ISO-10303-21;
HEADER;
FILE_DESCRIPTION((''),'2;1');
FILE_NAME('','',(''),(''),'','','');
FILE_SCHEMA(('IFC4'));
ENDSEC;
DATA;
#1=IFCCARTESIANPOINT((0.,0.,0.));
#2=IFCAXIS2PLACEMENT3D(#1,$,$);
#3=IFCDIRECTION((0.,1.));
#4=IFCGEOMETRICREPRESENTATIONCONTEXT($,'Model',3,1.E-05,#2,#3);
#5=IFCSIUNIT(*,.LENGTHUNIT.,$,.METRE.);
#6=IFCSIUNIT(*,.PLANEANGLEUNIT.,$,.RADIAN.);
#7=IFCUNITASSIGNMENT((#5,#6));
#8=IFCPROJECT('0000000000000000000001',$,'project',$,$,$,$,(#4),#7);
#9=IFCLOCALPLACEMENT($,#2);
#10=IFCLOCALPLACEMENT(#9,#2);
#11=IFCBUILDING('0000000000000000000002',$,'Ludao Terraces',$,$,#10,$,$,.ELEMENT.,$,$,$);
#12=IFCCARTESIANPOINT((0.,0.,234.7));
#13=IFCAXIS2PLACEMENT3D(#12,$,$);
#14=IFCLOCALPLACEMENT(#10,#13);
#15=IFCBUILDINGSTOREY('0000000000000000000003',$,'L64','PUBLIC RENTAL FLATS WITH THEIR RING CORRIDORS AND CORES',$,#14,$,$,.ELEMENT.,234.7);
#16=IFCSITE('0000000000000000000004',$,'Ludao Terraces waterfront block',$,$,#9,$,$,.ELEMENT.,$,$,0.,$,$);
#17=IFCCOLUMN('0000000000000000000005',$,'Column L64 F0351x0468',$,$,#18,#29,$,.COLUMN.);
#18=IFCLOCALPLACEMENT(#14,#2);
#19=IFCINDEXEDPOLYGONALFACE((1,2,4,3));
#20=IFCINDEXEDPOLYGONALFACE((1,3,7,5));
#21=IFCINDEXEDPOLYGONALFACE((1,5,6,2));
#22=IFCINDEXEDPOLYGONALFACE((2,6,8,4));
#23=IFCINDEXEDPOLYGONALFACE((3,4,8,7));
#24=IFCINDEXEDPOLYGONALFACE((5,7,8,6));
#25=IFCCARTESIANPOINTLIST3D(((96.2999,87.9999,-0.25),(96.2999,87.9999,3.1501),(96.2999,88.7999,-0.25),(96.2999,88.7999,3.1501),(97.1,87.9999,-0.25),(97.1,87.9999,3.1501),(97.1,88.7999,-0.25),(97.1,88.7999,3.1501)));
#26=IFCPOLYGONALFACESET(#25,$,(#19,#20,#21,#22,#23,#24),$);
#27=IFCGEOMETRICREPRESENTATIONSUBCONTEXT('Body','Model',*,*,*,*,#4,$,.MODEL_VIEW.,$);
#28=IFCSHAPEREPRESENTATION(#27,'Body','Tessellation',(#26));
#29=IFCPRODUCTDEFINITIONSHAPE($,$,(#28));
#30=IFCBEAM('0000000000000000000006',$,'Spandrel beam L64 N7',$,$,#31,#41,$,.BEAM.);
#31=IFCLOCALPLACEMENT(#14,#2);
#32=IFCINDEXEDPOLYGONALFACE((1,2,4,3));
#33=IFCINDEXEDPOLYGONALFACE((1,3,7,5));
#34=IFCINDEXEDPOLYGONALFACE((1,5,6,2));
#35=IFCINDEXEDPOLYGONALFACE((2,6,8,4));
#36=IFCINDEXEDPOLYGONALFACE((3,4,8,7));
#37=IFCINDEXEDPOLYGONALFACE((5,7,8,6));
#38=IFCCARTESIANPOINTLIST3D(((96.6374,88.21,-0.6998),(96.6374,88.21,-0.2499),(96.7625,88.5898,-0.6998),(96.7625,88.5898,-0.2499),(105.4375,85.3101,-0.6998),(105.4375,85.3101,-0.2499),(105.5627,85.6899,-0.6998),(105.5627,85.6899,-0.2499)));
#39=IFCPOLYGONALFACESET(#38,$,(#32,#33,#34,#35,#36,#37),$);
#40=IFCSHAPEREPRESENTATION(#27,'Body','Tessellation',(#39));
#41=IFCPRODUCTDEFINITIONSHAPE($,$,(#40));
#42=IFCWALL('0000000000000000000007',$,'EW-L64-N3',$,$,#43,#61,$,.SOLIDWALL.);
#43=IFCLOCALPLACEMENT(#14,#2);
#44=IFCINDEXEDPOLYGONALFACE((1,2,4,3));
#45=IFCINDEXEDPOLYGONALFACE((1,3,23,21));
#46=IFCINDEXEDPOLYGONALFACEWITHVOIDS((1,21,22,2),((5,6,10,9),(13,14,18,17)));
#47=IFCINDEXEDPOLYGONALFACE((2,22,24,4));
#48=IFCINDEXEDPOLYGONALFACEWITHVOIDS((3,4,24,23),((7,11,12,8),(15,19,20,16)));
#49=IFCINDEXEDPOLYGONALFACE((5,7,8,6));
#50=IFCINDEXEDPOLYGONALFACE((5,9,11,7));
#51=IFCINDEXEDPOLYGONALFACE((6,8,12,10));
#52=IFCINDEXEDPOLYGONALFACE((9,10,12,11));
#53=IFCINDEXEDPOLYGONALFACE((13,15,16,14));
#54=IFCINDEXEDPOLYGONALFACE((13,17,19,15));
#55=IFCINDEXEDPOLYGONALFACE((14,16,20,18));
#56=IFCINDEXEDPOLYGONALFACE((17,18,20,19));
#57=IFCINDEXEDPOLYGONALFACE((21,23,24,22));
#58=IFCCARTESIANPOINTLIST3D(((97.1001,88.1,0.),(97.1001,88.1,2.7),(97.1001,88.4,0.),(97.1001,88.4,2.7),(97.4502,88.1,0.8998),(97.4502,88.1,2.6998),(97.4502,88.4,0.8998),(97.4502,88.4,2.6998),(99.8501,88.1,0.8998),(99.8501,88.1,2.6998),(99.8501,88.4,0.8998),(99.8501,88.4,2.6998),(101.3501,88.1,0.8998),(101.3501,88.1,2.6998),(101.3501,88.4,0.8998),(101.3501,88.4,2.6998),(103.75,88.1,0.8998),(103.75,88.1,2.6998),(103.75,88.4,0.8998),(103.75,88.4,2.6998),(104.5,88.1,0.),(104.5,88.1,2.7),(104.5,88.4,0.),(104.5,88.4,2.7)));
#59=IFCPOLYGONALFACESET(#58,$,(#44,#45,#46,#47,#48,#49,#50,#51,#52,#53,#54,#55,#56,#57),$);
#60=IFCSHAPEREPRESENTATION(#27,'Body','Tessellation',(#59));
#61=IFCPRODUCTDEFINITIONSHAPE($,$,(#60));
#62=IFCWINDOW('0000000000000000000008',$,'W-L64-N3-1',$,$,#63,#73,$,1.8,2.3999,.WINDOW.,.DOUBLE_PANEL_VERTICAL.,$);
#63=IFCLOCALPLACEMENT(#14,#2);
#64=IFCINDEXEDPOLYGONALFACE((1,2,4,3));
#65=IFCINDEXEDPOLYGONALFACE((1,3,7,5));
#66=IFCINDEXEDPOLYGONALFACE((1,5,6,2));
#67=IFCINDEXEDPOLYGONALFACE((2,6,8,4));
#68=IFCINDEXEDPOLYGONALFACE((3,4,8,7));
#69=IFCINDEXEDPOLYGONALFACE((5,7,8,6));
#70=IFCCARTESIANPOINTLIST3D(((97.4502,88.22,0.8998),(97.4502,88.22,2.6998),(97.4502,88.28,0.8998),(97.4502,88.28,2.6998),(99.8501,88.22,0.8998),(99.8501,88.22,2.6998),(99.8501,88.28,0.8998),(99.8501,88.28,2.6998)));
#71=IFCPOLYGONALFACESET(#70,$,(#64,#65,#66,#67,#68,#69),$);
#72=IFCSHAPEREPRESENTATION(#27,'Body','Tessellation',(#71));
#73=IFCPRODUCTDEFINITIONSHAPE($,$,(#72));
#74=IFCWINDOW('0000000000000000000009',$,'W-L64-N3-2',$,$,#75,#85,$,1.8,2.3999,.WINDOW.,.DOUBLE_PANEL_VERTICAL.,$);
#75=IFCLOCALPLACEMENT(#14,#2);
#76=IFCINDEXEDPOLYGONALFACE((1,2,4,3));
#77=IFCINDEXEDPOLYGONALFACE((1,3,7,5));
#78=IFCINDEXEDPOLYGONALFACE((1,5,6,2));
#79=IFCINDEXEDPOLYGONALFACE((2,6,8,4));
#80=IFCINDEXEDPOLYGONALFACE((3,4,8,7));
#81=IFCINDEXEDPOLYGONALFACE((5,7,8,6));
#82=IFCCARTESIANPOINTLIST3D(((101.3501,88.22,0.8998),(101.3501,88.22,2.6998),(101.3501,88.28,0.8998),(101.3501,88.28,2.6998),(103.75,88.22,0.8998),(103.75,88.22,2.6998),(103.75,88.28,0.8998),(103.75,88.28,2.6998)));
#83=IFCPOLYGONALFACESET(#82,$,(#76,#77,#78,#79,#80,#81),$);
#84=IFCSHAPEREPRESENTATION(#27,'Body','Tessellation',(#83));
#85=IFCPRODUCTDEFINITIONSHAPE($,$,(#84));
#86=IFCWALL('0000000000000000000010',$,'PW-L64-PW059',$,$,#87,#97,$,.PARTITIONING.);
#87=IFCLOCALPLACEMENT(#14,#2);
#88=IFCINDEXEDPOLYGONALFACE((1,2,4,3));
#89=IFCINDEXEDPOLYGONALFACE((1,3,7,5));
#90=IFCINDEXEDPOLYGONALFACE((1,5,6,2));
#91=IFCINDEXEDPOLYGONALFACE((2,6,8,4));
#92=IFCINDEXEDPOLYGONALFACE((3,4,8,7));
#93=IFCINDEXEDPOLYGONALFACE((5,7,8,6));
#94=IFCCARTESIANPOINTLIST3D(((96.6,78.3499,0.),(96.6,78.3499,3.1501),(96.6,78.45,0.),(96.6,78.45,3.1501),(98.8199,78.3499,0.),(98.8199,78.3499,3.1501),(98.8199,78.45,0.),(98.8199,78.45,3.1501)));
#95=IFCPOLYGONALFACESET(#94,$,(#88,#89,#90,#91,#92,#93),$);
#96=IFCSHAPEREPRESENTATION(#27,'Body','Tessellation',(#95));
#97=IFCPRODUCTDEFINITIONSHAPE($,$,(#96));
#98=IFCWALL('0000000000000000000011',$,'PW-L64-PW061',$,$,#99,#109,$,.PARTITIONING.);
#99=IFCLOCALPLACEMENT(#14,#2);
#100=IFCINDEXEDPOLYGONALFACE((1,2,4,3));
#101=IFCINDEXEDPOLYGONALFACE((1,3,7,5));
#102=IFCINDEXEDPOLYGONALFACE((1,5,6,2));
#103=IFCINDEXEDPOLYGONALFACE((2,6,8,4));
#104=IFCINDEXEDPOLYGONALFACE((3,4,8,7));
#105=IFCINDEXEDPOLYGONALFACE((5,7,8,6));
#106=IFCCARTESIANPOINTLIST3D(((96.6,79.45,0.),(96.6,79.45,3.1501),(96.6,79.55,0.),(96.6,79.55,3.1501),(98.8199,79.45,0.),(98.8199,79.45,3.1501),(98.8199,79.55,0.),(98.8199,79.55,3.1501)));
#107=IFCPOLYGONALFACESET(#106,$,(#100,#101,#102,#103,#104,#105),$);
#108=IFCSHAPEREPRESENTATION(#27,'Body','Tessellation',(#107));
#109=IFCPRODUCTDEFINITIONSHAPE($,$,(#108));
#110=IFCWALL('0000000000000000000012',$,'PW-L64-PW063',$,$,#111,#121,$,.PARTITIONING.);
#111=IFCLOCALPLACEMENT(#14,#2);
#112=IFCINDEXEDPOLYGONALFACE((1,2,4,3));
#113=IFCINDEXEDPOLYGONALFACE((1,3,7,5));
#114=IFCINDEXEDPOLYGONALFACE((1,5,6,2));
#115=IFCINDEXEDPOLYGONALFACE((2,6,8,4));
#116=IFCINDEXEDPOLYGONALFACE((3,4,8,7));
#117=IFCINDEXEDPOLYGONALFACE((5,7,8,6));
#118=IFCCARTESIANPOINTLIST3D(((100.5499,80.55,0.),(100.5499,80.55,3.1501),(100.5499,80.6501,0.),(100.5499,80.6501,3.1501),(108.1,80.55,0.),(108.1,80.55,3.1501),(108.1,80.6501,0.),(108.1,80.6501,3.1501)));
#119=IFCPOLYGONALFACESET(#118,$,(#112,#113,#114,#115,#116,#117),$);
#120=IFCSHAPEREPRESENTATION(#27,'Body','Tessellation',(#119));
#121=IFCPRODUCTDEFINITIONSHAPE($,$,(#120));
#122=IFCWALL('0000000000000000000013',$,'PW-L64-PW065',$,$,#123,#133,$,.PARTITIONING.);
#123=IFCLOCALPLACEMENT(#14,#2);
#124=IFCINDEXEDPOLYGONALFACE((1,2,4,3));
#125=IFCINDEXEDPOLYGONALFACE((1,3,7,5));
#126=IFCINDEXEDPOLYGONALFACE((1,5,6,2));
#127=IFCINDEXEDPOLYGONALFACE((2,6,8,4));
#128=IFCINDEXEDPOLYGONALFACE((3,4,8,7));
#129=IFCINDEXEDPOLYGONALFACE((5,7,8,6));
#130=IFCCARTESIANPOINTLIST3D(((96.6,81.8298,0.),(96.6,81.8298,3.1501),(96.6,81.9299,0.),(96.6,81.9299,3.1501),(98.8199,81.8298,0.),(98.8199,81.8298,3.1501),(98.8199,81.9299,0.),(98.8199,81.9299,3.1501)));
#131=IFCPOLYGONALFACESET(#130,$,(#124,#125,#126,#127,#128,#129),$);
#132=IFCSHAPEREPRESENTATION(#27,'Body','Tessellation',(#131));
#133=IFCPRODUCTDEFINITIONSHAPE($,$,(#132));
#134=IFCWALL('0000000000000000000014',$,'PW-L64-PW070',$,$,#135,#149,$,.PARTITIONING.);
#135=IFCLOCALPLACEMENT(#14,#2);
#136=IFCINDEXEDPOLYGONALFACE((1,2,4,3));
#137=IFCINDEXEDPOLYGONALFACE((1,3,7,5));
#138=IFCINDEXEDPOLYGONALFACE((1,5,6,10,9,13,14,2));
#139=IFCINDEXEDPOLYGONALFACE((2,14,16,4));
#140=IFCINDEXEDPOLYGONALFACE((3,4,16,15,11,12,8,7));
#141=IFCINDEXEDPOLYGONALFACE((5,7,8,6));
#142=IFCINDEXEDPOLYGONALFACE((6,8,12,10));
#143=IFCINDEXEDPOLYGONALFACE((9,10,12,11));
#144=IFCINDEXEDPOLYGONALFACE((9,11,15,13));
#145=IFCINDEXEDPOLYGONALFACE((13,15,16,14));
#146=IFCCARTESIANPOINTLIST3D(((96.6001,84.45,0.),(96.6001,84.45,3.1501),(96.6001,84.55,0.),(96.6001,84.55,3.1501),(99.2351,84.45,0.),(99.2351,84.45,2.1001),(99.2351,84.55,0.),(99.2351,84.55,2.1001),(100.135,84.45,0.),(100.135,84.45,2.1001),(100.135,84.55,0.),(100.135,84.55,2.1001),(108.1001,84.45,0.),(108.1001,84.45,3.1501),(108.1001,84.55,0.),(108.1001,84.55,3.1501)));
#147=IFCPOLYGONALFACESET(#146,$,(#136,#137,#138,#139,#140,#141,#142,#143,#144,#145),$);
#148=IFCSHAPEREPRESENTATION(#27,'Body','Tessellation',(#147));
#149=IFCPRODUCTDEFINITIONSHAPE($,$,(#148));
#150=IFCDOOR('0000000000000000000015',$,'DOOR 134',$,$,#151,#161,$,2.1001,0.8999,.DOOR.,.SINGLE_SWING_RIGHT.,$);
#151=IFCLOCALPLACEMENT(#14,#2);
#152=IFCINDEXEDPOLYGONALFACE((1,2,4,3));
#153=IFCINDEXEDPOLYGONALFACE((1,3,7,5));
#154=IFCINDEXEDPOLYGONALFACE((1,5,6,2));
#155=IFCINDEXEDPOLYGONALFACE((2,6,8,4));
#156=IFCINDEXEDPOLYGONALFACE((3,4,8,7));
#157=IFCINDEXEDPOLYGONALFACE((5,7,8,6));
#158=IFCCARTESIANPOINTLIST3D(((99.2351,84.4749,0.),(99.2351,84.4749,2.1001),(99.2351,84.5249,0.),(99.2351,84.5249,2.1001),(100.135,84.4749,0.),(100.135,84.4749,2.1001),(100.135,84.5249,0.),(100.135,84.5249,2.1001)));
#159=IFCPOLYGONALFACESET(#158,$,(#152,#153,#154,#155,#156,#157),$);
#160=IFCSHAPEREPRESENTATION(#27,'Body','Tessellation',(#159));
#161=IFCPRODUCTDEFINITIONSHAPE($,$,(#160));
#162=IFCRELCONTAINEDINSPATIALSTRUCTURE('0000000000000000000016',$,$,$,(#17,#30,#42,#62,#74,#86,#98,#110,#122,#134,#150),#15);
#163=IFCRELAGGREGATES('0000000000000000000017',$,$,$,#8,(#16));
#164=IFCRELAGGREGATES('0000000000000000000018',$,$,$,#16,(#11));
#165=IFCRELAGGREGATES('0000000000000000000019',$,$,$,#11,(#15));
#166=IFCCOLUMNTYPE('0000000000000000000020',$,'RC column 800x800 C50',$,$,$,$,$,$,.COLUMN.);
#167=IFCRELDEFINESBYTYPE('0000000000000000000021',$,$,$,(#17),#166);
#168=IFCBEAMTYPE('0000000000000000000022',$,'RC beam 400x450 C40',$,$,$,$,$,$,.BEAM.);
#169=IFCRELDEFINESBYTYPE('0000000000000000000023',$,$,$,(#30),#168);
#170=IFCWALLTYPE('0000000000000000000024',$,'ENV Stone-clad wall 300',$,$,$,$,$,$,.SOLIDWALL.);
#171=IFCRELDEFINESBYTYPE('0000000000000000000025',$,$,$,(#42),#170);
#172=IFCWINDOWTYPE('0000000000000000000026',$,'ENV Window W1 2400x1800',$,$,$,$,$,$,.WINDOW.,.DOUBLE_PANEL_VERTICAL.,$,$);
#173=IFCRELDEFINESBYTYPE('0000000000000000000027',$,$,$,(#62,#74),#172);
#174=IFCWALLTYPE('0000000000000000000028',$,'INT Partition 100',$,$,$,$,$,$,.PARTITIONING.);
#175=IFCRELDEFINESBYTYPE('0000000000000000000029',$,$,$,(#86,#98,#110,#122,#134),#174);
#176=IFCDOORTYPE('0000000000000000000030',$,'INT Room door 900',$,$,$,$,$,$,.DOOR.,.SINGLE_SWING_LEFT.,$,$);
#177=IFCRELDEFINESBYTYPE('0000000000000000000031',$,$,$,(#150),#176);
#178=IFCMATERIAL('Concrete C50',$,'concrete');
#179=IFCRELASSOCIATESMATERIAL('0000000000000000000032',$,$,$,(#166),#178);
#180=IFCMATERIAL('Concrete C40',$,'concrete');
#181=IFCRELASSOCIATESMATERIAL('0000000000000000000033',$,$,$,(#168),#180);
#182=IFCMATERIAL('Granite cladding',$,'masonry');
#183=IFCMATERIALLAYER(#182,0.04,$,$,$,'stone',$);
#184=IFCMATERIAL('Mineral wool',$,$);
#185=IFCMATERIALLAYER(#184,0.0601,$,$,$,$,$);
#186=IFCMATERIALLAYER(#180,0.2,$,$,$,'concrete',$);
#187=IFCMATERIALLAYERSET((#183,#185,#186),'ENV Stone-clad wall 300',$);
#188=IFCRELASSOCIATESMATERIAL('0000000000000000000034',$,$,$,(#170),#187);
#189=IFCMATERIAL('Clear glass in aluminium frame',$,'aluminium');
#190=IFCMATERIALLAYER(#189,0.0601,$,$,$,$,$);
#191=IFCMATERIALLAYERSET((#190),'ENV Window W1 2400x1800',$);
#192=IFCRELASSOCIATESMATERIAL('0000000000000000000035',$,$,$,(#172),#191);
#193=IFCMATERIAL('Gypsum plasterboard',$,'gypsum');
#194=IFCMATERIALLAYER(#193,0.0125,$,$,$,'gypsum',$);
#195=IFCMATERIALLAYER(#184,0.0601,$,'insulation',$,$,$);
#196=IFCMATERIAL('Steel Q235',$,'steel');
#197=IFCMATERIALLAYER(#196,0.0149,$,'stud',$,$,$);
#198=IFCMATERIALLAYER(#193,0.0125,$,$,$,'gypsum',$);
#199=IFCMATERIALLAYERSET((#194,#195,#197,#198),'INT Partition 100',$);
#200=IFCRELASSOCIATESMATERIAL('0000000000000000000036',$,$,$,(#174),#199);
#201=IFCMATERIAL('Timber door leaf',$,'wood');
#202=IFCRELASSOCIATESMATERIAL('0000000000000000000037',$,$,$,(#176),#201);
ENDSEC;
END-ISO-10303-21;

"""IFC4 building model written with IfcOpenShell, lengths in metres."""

from ifc_helpers import new_model, si_unit, direction, frame, frame_2d, origin, origin_2d, place, context, subcontext, project, spatial, rectangle, extrude, material, layer, layer_set, material_profile, profile_set, type_object, element, fill, save


model = new_model("IFC4")

# Units and contexts
model_context = context("Model", 3, precision=1e-05, world=origin(), true_north=direction((0.0, 1.0)))
body_context = subcontext(model_context, "Body", "Model", "MODEL_VIEW")
ifc_project = project(units=[si_unit("LENGTHUNIT", "METRE"), si_unit("PLANEANGLEUNIT", "RADIAN")], contexts=[model_context])

# Site, building, storey
site_placement = place(None, origin())
site = spatial("IfcSite", under=ifc_project, at=site_placement, Name="Ludao Terraces waterfront block", CompositionType="ELEMENT", RefElevation=0.0)
building_placement = place(site_placement, origin())
building = spatial("IfcBuilding", under=site, at=building_placement, Name="Ludao Terraces", CompositionType="ELEMENT")
storey_placement = place(building_placement, frame((0.0, 0.0, 234.7)))
storey = spatial("IfcBuildingStorey", under=building, at=storey_placement, Name="L64", Description="PUBLIC RENTAL FLATS WITH THEIR RING CORRIDORS AND CORES", CompositionType="ELEMENT", Elevation=234.7)

# Column
ifc_material_1 = material(Name="Concrete C50", Category="concrete")
ifc_material_profile_1 = material_profile(ifc_material_1, rectangle(XDim=0.8, YDim=0.8, at=origin_2d()), Name="800 X 800")
ifc_profile_set_1 = profile_set([ifc_material_profile_1], Name="Concrete C50")
column_type = type_object("IfcColumnType", Name="RC column 800x800 C50", PredefinedType="COLUMN", material=ifc_profile_set_1)
column_placement = place(storey_placement, frame((96.7, 88.3999, -0.25), z_axis=(0.0, 0.0, 1.0), x_axis=(1.0, 0.0, 0.0)))
element("IfcColumn", 1, at=column_placement, inside=storey, type_object=column_type, Name="Column L64 F0351x0468", PredefinedType="COLUMN", context=body_context, shape_type="SweptSolid", body=[
    extrude(rectangle(XDim=0.8, YDim=0.8, at=origin_2d()), origin(), (0.0, 0.0, 1.0), 3.4001),
])

# Beam
ifc_material_2 = material(Name="Concrete C40", Category="concrete")
ifc_material_profile_2 = material_profile(ifc_material_2, rectangle(XDim=0.3999, YDim=0.45, at=origin_2d()), Name="400 X 450")
ifc_profile_set_2 = profile_set([ifc_material_profile_2], Name="Concrete C40")
beam_type = type_object("IfcBeamType", Name="RC beam 400x450 C40", PredefinedType="BEAM", material=ifc_profile_set_2)
beam_placement = place(storey_placement, frame((96.7, 88.3999, -0.4749), z_axis=(0.949761, -0.312977, 0.0), x_axis=(0.312977, 0.949761, 0.0)))
element("IfcBeam", 2, at=beam_placement, inside=storey, type_object=beam_type, Name="Spandrel beam L64 N7", PredefinedType="BEAM", context=body_context, shape_type="SweptSolid", body=[
    extrude(rectangle(XDim=0.3999, YDim=0.45, at=origin_2d()), origin(), (0.0, 0.0, 1.0), 9.2656),
])

# Wall, openings, windows
ifc_material_3 = material(Name="Granite cladding", Category="masonry")
ifc_layer_1 = layer(ifc_material_3, 0.04, Category="stone")
ifc_material_4 = material(Name="Mineral wool")
ifc_layer_2 = layer(ifc_material_4, 0.0601)
ifc_layer_3 = layer(ifc_material_2, 0.2, Category="concrete")
ifc_layer_set_1 = layer_set([ifc_layer_1, ifc_layer_2, ifc_layer_3], Name="ENV Stone-clad wall 300")
wall_type_1 = type_object("IfcWallType", Name="ENV Stone-clad wall 300", PredefinedType="SOLIDWALL", material=ifc_layer_set_1)
wall_1_placement = place(storey_placement, frame((97.1001, 88.25, 0.0), z_axis=(0.0, 0.0, 1.0), x_axis=(1.0, 0.0, 0.0)))
wall_1 = element("IfcWall", 3, at=wall_1_placement, inside=storey, type_object=wall_type_1, Name="EW-L64-N3", PredefinedType="SOLIDWALL", context=body_context, shape_type="SweptSolid", body=[
    extrude(rectangle(XDim=7.3999, YDim=0.3, at=frame_2d((3.7, 0.0))), origin(), (0.0, 0.0, 1.0), 2.7),
])
opening_1_placement = place(wall_1_placement, frame((0.3501, 0.0, 0.8999)))
opening_1 = element("IfcOpeningElement", 4, at=opening_1_placement, cuts=wall_1, PredefinedType="OPENING", context=body_context, shape_type="SweptSolid", body=[
    extrude(rectangle(XDim=2.3999, YDim=1.8, at=frame_2d((1.2, 0.8999))), frame((0.0, 0.1602, 0.0), z_axis=(0.0, -1.0, 0.0), x_axis=(1.0, 0.0, 0.0)), (0.0, 0.0, 1.0), 0.3201),
])
opening_2_placement = place(wall_1_placement, frame((4.25, 0.0, 0.8999)))
opening_2 = element("IfcOpeningElement", 5, at=opening_2_placement, cuts=wall_1, PredefinedType="OPENING", context=body_context, shape_type="SweptSolid", body=[
    extrude(rectangle(XDim=2.3999, YDim=1.8, at=frame_2d((1.2, 0.8999))), frame((0.0, 0.1602, 0.0), z_axis=(0.0, -1.0, 0.0), x_axis=(1.0, 0.0, 0.0)), (0.0, 0.0, 1.0), 0.3201),
])
ifc_material_5 = material(Name="Clear glass in aluminium frame", Category="aluminium")
ifc_layer_4 = layer(ifc_material_5, 0.0601)
ifc_layer_set_2 = layer_set([ifc_layer_4], Name="ENV Window W1 2400x1800")
window_type = type_object("IfcWindowType", Name="ENV Window W1 2400x1800", PartitioningType="DOUBLE_PANEL_VERTICAL", PredefinedType="WINDOW", material=ifc_layer_set_2)
window_1_placement = place(opening_1_placement, origin())
window_1 = element("IfcWindow", 6, at=window_1_placement, inside=storey, type_object=window_type, Name="W-L64-N3-1", OverallHeight=1.8, OverallWidth=2.3999, PartitioningType="DOUBLE_PANEL_VERTICAL", PredefinedType="WINDOW", context=body_context, shape_type="SweptSolid", body=[
    extrude(rectangle(XDim=2.3999, YDim=1.8, at=frame_2d((1.2, 0.8999))), frame((0.0, 0.03, 0.0), z_axis=(0.0, -1.0, 0.0), x_axis=(1.0, 0.0, 0.0)), (0.0, 0.0, 1.0), 0.0601),
])
fill(opening_1, window_1)
window_2_placement = place(opening_2_placement, origin())
window_2 = element("IfcWindow", 7, at=window_2_placement, inside=storey, type_object=window_type, Name="W-L64-N3-2", OverallHeight=1.8, OverallWidth=2.3999, PartitioningType="DOUBLE_PANEL_VERTICAL", PredefinedType="WINDOW", context=body_context, shape_type="SweptSolid", body=[
    extrude(rectangle(XDim=2.3999, YDim=1.8, at=frame_2d((1.2, 0.8999))), frame((0.0, 0.03, 0.0), z_axis=(0.0, -1.0, 0.0), x_axis=(1.0, 0.0, 0.0)), (0.0, 0.0, 1.0), 0.0601),
])
fill(opening_2, window_2)

# Walls
ifc_material_6 = material(Name="Gypsum plasterboard", Category="gypsum")
ifc_layer_5 = layer(ifc_material_6, 0.0125, Category="gypsum")
ifc_layer_6 = layer(ifc_material_4, 0.0601, Name="insulation")
ifc_material_7 = material(Name="Steel Q235", Category="steel")
ifc_layer_7 = layer(ifc_material_7, 0.0149, Name="stud")
ifc_layer_8 = layer(ifc_material_6, 0.0125, Category="gypsum")
ifc_layer_set_3 = layer_set([ifc_layer_5, ifc_layer_6, ifc_layer_7, ifc_layer_8], Name="INT Partition 100")
wall_type_2 = type_object("IfcWallType", Name="INT Partition 100", PredefinedType="PARTITIONING", material=ifc_layer_set_3)
for number, where, z_axis, x_axis, name in (
    (8, (96.6001, 78.3999, 0.0), (0.0, 0.0, 1.0), (1.0, 0.0, 0.0), "PW-L64-PW059"),
    (9, (96.6001, 79.5, 0.0), (0.0, 0.0, 1.0), (1.0, 0.0, 0.0), "PW-L64-PW061"),
):
    element("IfcWall", number, at=place(storey_placement, frame(where, z_axis=z_axis, x_axis=x_axis)), inside=storey, type_object=wall_type_2, Name=name, PredefinedType="PARTITIONING", context=body_context, shape_type="SweptSolid", body=[
        extrude(rectangle(XDim=2.22, YDim=0.1001, at=frame_2d((1.1099, 0.0))), origin(), (0.0, 0.0, 1.0), 3.1501),
    ])
wall_2_placement = place(storey_placement, frame((100.55, 80.6001, 0.0), z_axis=(0.0, 0.0, 1.0), x_axis=(1.0, 0.0, 0.0)))
element("IfcWall", 10, at=wall_2_placement, inside=storey, type_object=wall_type_2, Name="PW-L64-PW063", PredefinedType="PARTITIONING", context=body_context, shape_type="SweptSolid", body=[
    extrude(rectangle(XDim=7.55, YDim=0.1001, at=frame_2d((3.7749, 0.0))), origin(), (0.0, 0.0, 1.0), 3.1501),
])
wall_3_placement = place(storey_placement, frame((96.6001, 81.8799, 0.0), z_axis=(0.0, 0.0, 1.0), x_axis=(1.0, 0.0, 0.0)))
element("IfcWall", 11, at=wall_3_placement, inside=storey, type_object=wall_type_2, Name="PW-L64-PW065", PredefinedType="PARTITIONING", context=body_context, shape_type="SweptSolid", body=[
    extrude(rectangle(XDim=2.22, YDim=0.1001, at=frame_2d((1.1099, 0.0))), origin(), (0.0, 0.0, 1.0), 3.1501),
])

# Wall, opening, door
wall_4_placement = place(storey_placement, frame((96.6001, 84.5, 0.0), z_axis=(0.0, 0.0, 1.0), x_axis=(1.0, 0.0, 0.0)))
wall_4 = element("IfcWall", 12, at=wall_4_placement, inside=storey, type_object=wall_type_2, Name="PW-L64-PW070", PredefinedType="PARTITIONING", context=body_context, shape_type="SweptSolid", body=[
    extrude(rectangle(XDim=11.5, YDim=0.1001, at=frame_2d((5.75, 0.0))), origin(), (0.0, 0.0, 1.0), 3.1501),
])
opening_3_placement = place(wall_4_placement, frame((2.635, 0.0, 0.0)))
opening_3 = element("IfcOpeningElement", 13, at=opening_3_placement, cuts=wall_4, PredefinedType="OPENING", context=body_context, shape_type="SweptSolid", body=[
    extrude(rectangle(XDim=0.8999, YDim=2.1001, at=frame_2d((0.45, 1.05))), frame((0.0, 0.0601, 0.0), z_axis=(0.0, -1.0, 0.0), x_axis=(1.0, 0.0, 0.0)), (0.0, 0.0, 1.0), 0.1201),
])
ifc_material_8 = material(Name="Timber door leaf", Category="wood")
door_type_1 = type_object("IfcDoorType", Name="INT Room door 900", OperationType="SINGLE_SWING_LEFT", PredefinedType="DOOR", material=ifc_material_8)
door_1_placement = place(opening_3_placement, origin())
door_1 = element("IfcDoor", 14, at=door_1_placement, inside=storey, type_object=door_type_1, Name="DOOR 134", OperationType="SINGLE_SWING_RIGHT", OverallHeight=2.1001, OverallWidth=0.8999, PredefinedType="DOOR", context=body_context, shape_type="SweptSolid", body=[
    extrude(rectangle(XDim=0.8999, YDim=2.1001, at=frame_2d((0.45, 1.05))), frame((0.0, 0.0249, 0.0), z_axis=(0.0, -1.0, 0.0), x_axis=(1.0, 0.0, 0.0)), (0.0, 0.0, 1.0), 0.05),
])
fill(opening_3, door_1)

save(model, "model.ifc")
